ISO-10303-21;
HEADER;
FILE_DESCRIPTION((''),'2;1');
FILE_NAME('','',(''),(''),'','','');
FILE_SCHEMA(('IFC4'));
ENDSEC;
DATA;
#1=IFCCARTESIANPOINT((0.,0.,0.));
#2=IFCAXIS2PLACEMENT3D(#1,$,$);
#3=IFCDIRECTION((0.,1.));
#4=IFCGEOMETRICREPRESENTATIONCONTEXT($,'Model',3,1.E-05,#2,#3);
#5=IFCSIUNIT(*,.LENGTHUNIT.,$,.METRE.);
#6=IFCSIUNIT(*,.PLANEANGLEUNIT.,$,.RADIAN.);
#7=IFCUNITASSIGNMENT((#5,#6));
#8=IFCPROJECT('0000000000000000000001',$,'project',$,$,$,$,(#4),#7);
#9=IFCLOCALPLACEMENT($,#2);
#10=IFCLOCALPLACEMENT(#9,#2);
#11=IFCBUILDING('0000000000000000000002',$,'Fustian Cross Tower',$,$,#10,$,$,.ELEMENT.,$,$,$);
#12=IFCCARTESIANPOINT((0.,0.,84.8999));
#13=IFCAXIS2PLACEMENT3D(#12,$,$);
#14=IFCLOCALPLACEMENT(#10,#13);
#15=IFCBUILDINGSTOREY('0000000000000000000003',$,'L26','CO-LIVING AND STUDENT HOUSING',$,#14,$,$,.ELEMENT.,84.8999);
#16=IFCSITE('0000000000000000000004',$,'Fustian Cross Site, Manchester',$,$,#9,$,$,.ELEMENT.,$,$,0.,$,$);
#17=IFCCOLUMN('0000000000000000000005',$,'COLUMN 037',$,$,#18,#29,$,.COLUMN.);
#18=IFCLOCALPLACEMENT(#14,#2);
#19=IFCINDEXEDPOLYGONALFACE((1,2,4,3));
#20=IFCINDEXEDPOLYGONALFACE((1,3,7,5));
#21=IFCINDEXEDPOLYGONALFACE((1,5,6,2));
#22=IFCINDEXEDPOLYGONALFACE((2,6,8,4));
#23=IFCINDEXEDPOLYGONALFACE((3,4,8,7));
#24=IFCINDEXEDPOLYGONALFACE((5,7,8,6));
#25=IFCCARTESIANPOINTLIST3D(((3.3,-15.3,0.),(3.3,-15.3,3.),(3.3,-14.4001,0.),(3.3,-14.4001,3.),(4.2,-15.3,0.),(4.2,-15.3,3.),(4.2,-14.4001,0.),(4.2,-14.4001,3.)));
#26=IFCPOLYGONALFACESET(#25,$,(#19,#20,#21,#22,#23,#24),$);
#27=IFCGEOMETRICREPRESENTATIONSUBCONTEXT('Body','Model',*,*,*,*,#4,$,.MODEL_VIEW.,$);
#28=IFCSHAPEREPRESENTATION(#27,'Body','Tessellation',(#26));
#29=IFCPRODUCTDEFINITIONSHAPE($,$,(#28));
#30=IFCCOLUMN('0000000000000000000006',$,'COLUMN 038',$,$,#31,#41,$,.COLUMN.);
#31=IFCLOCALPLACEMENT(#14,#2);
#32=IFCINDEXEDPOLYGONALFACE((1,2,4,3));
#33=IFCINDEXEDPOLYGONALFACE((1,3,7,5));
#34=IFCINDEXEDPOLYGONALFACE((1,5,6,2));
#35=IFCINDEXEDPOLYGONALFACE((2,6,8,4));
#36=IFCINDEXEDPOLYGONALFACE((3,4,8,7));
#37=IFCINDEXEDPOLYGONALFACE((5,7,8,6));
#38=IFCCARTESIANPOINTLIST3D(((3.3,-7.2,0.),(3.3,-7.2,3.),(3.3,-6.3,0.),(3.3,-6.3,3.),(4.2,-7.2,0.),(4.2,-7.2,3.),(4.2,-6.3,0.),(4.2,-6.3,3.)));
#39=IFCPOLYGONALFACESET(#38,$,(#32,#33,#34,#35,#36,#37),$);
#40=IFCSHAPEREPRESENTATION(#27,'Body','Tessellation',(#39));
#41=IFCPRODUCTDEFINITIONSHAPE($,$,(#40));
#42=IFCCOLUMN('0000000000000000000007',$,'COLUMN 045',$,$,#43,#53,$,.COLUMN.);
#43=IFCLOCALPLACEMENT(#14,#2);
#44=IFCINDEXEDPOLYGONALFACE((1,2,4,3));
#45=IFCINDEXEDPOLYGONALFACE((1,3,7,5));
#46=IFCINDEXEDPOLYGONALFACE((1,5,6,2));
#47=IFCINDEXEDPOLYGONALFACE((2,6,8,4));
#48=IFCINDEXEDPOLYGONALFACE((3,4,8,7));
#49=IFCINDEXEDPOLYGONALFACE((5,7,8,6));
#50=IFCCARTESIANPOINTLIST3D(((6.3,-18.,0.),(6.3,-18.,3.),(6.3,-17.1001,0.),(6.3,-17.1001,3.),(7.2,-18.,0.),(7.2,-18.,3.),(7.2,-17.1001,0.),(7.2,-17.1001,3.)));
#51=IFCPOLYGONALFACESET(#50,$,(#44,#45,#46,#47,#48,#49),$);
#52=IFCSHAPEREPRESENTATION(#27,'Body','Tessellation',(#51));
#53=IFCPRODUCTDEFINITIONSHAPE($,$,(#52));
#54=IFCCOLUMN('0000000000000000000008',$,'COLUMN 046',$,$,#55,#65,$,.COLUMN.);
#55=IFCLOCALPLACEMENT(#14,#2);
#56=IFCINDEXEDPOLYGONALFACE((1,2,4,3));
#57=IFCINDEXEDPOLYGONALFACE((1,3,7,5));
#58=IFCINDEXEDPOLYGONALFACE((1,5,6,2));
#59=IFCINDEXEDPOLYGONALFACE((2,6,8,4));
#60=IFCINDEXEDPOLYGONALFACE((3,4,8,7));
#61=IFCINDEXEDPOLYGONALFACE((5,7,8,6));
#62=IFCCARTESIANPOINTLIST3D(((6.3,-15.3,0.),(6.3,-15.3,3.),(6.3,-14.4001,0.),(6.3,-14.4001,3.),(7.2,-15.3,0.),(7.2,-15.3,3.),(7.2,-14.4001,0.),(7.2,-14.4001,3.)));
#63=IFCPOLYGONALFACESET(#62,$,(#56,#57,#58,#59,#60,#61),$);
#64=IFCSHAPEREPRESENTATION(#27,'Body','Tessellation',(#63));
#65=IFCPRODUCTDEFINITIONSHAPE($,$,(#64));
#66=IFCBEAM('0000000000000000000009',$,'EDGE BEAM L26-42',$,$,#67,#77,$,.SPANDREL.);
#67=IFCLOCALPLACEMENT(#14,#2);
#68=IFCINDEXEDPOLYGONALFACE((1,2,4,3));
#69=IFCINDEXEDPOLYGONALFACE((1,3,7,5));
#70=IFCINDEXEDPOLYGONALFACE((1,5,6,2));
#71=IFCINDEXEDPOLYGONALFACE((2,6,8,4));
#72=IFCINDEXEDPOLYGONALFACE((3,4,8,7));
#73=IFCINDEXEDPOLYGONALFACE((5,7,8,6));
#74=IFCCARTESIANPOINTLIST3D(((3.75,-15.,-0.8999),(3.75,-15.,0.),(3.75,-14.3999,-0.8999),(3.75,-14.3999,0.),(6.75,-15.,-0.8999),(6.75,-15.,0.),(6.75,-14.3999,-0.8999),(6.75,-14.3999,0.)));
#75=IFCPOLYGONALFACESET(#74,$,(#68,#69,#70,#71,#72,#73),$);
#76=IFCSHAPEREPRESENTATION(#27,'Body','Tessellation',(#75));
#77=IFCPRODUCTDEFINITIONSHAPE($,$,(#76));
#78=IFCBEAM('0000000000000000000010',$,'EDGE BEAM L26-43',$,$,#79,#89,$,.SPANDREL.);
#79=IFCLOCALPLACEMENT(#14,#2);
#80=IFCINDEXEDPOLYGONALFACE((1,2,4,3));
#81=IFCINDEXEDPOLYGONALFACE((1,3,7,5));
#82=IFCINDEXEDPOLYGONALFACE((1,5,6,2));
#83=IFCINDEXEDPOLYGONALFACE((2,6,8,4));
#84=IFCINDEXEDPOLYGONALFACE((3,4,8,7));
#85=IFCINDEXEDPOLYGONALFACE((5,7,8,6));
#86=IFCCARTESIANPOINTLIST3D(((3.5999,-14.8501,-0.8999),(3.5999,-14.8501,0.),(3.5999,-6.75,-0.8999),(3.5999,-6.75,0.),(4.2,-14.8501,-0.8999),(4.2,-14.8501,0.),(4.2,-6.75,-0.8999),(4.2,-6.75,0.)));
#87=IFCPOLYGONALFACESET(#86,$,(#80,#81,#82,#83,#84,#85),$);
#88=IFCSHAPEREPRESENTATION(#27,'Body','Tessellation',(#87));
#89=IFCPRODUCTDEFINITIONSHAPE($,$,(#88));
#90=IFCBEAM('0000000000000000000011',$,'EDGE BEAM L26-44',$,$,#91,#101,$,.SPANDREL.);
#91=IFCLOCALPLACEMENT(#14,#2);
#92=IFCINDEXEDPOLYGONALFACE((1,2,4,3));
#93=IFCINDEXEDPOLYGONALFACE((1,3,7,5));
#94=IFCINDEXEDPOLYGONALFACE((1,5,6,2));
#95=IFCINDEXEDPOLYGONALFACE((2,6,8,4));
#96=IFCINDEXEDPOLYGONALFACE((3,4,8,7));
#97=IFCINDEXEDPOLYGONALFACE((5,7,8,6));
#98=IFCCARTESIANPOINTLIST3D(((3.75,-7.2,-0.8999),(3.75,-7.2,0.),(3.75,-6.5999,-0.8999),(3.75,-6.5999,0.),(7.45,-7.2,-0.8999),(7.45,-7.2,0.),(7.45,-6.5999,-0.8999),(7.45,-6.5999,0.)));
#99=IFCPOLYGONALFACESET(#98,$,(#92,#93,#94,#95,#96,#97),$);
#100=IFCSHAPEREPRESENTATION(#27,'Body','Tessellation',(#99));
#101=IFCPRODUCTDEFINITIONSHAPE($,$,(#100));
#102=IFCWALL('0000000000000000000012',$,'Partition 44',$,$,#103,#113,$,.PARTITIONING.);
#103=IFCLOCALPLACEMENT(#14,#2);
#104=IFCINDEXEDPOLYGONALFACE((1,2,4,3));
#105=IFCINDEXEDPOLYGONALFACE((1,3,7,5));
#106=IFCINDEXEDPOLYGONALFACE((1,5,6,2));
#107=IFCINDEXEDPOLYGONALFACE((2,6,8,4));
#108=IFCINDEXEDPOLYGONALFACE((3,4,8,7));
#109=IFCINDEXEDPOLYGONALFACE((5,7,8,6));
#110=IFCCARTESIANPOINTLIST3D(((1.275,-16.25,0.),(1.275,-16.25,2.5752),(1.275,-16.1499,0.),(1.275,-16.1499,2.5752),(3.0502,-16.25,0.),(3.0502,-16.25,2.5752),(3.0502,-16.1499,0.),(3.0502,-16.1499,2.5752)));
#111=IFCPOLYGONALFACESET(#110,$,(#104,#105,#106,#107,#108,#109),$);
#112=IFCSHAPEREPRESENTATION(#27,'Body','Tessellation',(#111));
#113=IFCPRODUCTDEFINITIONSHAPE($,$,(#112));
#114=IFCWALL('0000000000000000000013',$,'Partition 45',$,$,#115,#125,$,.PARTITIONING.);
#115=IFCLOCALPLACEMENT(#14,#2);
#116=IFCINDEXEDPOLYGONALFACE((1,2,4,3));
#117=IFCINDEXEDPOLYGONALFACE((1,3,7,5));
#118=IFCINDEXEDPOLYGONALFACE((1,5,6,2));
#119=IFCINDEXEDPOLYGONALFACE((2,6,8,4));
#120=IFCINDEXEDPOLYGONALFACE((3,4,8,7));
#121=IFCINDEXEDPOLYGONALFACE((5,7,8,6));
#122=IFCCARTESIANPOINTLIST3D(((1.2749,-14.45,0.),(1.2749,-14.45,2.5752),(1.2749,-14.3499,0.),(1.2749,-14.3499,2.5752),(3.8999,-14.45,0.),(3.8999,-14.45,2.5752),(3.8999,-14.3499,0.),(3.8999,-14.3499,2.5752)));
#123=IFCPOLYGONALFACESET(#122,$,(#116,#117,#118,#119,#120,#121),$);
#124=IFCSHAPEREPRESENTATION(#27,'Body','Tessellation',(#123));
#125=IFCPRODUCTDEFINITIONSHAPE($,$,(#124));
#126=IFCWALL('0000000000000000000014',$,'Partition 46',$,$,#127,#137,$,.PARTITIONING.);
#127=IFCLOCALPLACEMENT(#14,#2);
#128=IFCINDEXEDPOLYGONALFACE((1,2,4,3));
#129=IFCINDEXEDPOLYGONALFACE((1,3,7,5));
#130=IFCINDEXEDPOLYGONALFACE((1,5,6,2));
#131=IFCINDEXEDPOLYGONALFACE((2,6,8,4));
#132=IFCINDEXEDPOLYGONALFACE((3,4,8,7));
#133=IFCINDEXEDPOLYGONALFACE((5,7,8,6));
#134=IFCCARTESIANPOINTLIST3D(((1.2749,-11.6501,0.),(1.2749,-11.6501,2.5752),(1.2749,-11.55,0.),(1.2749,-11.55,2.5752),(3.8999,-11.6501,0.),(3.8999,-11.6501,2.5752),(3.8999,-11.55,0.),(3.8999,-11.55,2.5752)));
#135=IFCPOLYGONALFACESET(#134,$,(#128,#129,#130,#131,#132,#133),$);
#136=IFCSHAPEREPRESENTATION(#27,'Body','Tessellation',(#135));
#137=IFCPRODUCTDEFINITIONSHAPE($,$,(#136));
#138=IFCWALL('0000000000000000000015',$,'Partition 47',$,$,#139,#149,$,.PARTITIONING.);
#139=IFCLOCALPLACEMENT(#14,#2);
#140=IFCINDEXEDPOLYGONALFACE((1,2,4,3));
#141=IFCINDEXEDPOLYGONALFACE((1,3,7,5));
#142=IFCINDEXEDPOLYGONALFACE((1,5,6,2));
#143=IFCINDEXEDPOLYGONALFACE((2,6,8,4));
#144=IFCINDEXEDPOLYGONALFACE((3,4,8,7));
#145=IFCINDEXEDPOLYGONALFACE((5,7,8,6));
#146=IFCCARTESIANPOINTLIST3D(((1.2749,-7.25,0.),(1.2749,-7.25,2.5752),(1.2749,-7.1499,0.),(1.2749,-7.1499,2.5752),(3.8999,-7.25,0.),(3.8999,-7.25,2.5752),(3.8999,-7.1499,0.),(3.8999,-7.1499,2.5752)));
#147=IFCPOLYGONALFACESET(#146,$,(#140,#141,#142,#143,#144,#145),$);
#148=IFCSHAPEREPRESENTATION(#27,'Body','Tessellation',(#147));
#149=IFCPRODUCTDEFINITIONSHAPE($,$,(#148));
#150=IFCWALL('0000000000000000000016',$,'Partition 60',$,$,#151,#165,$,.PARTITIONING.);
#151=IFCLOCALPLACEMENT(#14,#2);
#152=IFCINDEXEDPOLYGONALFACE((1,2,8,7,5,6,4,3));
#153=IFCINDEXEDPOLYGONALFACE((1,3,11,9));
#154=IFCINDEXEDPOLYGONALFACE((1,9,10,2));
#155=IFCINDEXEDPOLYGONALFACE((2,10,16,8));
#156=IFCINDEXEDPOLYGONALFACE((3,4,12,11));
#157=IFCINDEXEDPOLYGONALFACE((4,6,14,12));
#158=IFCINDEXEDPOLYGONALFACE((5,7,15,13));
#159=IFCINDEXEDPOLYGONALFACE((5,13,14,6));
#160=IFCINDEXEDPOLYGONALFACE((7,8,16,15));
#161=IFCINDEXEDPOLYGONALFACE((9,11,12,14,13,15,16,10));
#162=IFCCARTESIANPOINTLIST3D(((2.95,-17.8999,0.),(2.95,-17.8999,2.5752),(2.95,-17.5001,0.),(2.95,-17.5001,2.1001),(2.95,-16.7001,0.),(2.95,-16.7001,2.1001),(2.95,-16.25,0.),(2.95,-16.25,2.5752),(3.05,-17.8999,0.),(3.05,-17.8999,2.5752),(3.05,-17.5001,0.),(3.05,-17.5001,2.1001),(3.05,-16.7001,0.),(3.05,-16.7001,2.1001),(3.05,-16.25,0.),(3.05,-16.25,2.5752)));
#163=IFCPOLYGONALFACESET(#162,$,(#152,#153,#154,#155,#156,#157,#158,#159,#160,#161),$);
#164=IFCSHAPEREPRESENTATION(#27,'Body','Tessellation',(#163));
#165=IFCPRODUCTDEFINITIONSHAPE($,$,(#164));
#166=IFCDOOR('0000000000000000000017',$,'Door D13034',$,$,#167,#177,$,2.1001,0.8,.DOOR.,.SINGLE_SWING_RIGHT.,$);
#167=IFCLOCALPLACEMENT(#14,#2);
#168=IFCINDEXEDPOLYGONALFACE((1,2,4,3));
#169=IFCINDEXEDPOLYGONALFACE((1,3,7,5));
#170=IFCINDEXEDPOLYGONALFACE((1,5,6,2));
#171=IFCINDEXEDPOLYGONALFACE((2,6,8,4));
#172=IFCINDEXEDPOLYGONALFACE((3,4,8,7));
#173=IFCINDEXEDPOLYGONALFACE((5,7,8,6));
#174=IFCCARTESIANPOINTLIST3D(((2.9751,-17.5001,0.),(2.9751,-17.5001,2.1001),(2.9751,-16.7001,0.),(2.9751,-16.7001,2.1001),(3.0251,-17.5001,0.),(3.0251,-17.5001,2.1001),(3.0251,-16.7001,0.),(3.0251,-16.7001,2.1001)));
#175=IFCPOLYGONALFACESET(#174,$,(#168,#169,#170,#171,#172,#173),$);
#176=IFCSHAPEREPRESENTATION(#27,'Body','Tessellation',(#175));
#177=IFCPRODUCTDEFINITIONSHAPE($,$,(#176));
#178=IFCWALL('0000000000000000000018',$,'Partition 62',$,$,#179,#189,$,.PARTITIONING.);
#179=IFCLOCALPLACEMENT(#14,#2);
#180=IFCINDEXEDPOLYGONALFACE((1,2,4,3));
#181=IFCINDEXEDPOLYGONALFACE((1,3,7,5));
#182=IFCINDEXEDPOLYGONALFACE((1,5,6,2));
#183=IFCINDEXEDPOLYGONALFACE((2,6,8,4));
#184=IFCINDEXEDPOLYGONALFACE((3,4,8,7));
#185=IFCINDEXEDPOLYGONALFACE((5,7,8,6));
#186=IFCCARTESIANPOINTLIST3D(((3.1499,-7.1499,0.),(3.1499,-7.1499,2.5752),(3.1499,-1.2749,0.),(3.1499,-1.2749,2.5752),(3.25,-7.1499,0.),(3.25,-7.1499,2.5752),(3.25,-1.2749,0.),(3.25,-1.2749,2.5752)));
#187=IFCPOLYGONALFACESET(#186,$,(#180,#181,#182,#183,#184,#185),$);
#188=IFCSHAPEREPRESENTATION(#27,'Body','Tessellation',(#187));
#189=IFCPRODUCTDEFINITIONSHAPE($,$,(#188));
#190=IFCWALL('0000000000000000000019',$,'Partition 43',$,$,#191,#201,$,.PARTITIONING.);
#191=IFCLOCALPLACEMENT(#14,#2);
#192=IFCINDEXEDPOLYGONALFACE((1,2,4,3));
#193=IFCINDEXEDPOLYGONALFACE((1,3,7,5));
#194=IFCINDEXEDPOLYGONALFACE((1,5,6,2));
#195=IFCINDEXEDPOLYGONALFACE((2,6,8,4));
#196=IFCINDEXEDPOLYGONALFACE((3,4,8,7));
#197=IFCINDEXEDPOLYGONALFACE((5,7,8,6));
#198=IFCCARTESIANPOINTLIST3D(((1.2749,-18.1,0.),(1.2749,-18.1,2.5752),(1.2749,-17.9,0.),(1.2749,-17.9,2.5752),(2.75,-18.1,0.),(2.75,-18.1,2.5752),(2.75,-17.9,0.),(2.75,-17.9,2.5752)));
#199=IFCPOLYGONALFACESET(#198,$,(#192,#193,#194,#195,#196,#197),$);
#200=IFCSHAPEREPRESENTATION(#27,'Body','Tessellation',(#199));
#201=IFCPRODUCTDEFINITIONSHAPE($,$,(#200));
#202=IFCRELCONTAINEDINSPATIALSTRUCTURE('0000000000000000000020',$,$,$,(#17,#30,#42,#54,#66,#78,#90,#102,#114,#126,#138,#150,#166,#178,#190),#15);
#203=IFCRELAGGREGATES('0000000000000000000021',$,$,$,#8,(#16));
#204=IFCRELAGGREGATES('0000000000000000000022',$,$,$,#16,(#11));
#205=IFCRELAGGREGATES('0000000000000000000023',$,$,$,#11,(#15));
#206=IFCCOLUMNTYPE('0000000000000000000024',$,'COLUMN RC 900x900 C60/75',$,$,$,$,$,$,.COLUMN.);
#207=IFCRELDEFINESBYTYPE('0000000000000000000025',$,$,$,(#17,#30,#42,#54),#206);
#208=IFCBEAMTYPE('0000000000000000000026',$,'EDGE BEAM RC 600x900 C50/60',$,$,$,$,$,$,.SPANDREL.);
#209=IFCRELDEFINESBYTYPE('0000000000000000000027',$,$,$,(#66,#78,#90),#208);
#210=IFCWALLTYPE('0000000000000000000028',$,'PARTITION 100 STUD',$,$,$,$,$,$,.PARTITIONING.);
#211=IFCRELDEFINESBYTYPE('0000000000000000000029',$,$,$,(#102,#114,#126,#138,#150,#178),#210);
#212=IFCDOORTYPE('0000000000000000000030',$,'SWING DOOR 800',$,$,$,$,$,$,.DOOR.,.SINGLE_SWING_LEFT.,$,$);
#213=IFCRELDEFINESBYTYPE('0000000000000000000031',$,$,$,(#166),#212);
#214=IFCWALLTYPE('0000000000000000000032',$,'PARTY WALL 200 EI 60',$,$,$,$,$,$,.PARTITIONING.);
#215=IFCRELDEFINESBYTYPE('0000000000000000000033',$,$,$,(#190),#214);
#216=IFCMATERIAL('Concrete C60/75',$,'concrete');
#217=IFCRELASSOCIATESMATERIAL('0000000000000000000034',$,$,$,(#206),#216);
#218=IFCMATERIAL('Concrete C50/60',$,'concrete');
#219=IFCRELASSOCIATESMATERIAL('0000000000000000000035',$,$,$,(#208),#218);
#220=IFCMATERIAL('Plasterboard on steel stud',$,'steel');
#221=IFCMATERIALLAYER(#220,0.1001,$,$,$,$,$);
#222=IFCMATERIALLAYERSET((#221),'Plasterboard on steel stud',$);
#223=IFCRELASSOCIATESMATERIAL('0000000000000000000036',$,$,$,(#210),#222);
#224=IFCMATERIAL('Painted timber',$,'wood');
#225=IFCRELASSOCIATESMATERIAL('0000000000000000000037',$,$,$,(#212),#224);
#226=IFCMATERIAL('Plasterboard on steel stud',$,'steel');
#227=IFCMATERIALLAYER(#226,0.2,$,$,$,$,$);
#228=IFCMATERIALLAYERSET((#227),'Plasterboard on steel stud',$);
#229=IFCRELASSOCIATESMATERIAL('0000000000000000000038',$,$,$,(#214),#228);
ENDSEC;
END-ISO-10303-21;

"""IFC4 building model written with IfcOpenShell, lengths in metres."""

from ifc_helpers import new_model, si_unit, direction, frame, frame_2d, origin, origin_2d, place, context, subcontext, project, spatial, rectangle, extrude, material, layer, layer_set, material_profile, profile_set, type_object, element, fill, save


model = new_model("IFC4")

# Units and contexts
model_context = context("Model", 3, precision=1e-05, world=origin(), true_north=direction((0.0, 1.0)))
body_context = subcontext(model_context, "Body", "Model", "MODEL_VIEW")
ifc_project = project(units=[si_unit("LENGTHUNIT", "METRE"), si_unit("PLANEANGLEUNIT", "RADIAN")], contexts=[model_context])

# Site, building, storey
site_placement = place(None, origin())
site = spatial("IfcSite", under=ifc_project, at=site_placement, Name="Fustian Cross Site, Manchester", CompositionType="ELEMENT", RefElevation=0.0)
building_placement = place(site_placement, origin())
building = spatial("IfcBuilding", under=site, at=building_placement, Name="Fustian Cross Tower", CompositionType="ELEMENT")
storey_placement = place(building_placement, frame((0.0, 0.0, 84.8999)))
storey = spatial("IfcBuildingStorey", under=building, at=storey_placement, Name="L26", Description="CO-LIVING AND STUDENT HOUSING", CompositionType="ELEMENT", Elevation=84.8999)

# Columns
ifc_material_1 = material(Name="Concrete C60/75", Category="concrete")
ifc_material_profile_1 = material_profile(ifc_material_1, rectangle(XDim=0.8999, YDim=0.8999, at=origin_2d()), Name="RC 900x900")
ifc_profile_set_1 = profile_set([ifc_material_profile_1], Name="Concrete C60/75")
column_type = type_object("IfcColumnType", Name="COLUMN RC 900x900 C60/75", PredefinedType="COLUMN", material=ifc_profile_set_1)
for number, where, z_axis, x_axis, name in (
    (1, (3.75, -14.8501, 0.0), (0.0, 0.0, 1.0), (1.0, 0.0, 0.0), "COLUMN 037"),
    (2, (3.75, -6.75, 0.0), (0.0, 0.0, 1.0), (1.0, 0.0, 0.0), "COLUMN 038"),
    (3, (6.75, -17.55, 0.0), (0.0, 0.0, 1.0), (1.0, 0.0, 0.0), "COLUMN 045"),
    (4, (6.75, -14.8501, 0.0), (0.0, 0.0, 1.0), (1.0, 0.0, 0.0), "COLUMN 046"),
):
    element("IfcColumn", number, at=place(storey_placement, frame(where, z_axis=z_axis, x_axis=x_axis)), inside=storey, type_object=column_type, Name=name, PredefinedType="COLUMN", context=body_context, shape_type="SweptSolid", body=[
        extrude(rectangle(XDim=0.8999, YDim=0.8999, at=origin_2d()), origin(), (0.0, 0.0, 1.0), 3.0),
    ])

# Beams
ifc_material_2 = material(Name="Concrete C50/60", Category="concrete")
ifc_material_profile_2 = material_profile(ifc_material_2, rectangle(XDim=0.6001, YDim=0.8999, at=origin_2d()), Name="RC 600x900")
ifc_profile_set_2 = profile_set([ifc_material_profile_2], Name="Concrete C50/60")
beam_type = type_object("IfcBeamType", Name="EDGE BEAM RC 600x900 C50/60", PredefinedType="SPANDREL", material=ifc_profile_set_2)
beam_1_placement = place(storey_placement, frame((6.75, -14.7, -0.45), z_axis=(-1.0, 0.0, 0.0), x_axis=(0.0, -1.0, 0.0)))
element("IfcBeam", 5, at=beam_1_placement, inside=storey, type_object=beam_type, Name="EDGE BEAM L26-42", PredefinedType="SPANDREL", context=body_context, shape_type="SweptSolid", body=[
    extrude(rectangle(XDim=0.6001, YDim=0.8999, at=origin_2d()), origin(), (0.0, 0.0, 1.0), 3.0),
])
beam_2_placement = place(storey_placement, frame((3.8999, -14.8501, -0.45), z_axis=(0.0, 1.0, 0.0), x_axis=(-1.0, 0.0, 0.0)))
element("IfcBeam", 6, at=beam_2_placement, inside=storey, type_object=beam_type, Name="EDGE BEAM L26-43", PredefinedType="SPANDREL", context=body_context, shape_type="SweptSolid", body=[
    extrude(rectangle(XDim=0.6001, YDim=0.8999, at=origin_2d()), origin(), (0.0, 0.0, 1.0), 8.1001),
])
beam_3_placement = place(storey_placement, frame((3.75, -6.8999, -0.45), z_axis=(1.0, 0.0, 0.0), x_axis=(0.0, 1.0, 0.0)))
element("IfcBeam", 7, at=beam_3_placement, inside=storey, type_object=beam_type, Name="EDGE BEAM L26-44", PredefinedType="SPANDREL", context=body_context, shape_type="SweptSolid", body=[
    extrude(rectangle(XDim=0.6001, YDim=0.8999, at=origin_2d()), origin(), (0.0, 0.0, 1.0), 3.7),
])

# Walls
ifc_material_3 = material(Name="Plasterboard on steel stud", Category="steel")
ifc_layer_1 = layer(ifc_material_3, 0.1001)
ifc_layer_set_1 = layer_set([ifc_layer_1], Name="Plasterboard on steel stud")
wall_type_1 = type_object("IfcWallType", Name="PARTITION 100 STUD", PredefinedType="PARTITIONING", material=ifc_layer_set_1)
wall_1_placement = place(storey_placement, frame((1.2749, -16.2, 0.0), z_axis=(0.0, 0.0, 1.0), x_axis=(1.0, 0.0, 0.0)))
element("IfcWall", 8, at=wall_1_placement, inside=storey, type_object=wall_type_1, Name="Partition 44", PredefinedType="PARTITIONING", context=body_context, shape_type="SweptSolid", body=[
    extrude(rectangle(XDim=1.7751, YDim=0.1001, at=frame_2d((0.8877, 0.0))), origin(), (0.0, 0.0, 1.0), 2.5752),
])
for number, where, z_axis, x_axis, name in (
    (9, (1.2749, -14.3999, 0.0), (0.0, 0.0, 1.0), (1.0, 0.0, 0.0), "Partition 45"),
    (10, (1.2749, -11.6001, 0.0), (0.0, 0.0, 1.0), (1.0, 0.0, 0.0), "Partition 46"),
    (11, (1.2749, -7.2, 0.0), (0.0, 0.0, 1.0), (1.0, 0.0, 0.0), "Partition 47"),
):
    element("IfcWall", number, at=place(storey_placement, frame(where, z_axis=z_axis, x_axis=x_axis)), inside=storey, type_object=wall_type_1, Name=name, PredefinedType="PARTITIONING", context=body_context, shape_type="SweptSolid", body=[
        extrude(rectangle(XDim=2.625, YDim=0.1001, at=frame_2d((1.3125, 0.0))), origin(), (0.0, 0.0, 1.0), 2.5752),
    ])

# Wall, opening, door
wall_2_placement = place(storey_placement, frame((3.0, -17.8999, 0.0), z_axis=(0.0, 0.0, 1.0), x_axis=(0.0, 1.0, 0.0)))
wall_2 = element("IfcWall", 12, at=wall_2_placement, inside=storey, type_object=wall_type_1, Name="Partition 60", PredefinedType="PARTITIONING", context=body_context, shape_type="SweptSolid", body=[
    extrude(rectangle(XDim=1.6499, YDim=0.1001, at=frame_2d((0.825, 0.0))), origin(), (0.0, 0.0, 1.0), 2.5752),
])
opening_1_placement = place(wall_2_placement, frame((0.3999, 0.0, 0.0)))
opening_1 = element("IfcOpeningElement", 13, at=opening_1_placement, cuts=wall_2, PredefinedType="OPENING", context=body_context, shape_type="SweptSolid", body=[
    extrude(rectangle(XDim=0.8, YDim=2.1001, at=frame_2d((0.3999, 1.05))), frame((0.0, 0.0601, 0.0), z_axis=(0.0, -1.0, 0.0), x_axis=(1.0, 0.0, 0.0)), (0.0, 0.0, 1.0), 0.1201),
])
ifc_material_4 = material(Name="Painted timber", Category="wood")
door_type_1 = type_object("IfcDoorType", Name="SWING DOOR 800", OperationType="SINGLE_SWING_LEFT", PredefinedType="DOOR", material=ifc_material_4)
door_1_placement = place(opening_1_placement, origin())
door_1 = element("IfcDoor", 14, at=door_1_placement, inside=storey, type_object=door_type_1, Name="Door D13034", OperationType="SINGLE_SWING_RIGHT", OverallHeight=2.1001, OverallWidth=0.8, PredefinedType="DOOR", context=body_context, shape_type="SweptSolid", body=[
    extrude(rectangle(XDim=0.8, YDim=2.1001, at=frame_2d((0.3999, 1.05))), frame((0.0, 0.0249, 0.0), z_axis=(0.0, -1.0, 0.0), x_axis=(1.0, 0.0, 0.0)), (0.0, 0.0, 1.0), 0.05),
])
fill(opening_1, door_1)

# Walls
wall_3_placement = place(storey_placement, frame((3.2, -7.1499, 0.0), z_axis=(0.0, 0.0, 1.0), x_axis=(0.0, 1.0, 0.0)))
element("IfcWall", 15, at=wall_3_placement, inside=storey, type_object=wall_type_1, Name="Partition 62", PredefinedType="PARTITIONING", context=body_context, shape_type="SweptSolid", body=[
    extrude(rectangle(XDim=5.875, YDim=0.1001, at=frame_2d((2.9375, 0.0))), origin(), (0.0, 0.0, 1.0), 2.5752),
])
ifc_material_5 = material(Name="Plasterboard on steel stud", Category="steel")
ifc_layer_2 = layer(ifc_material_5, 0.2)
ifc_layer_set_2 = layer_set([ifc_layer_2], Name="Plasterboard on steel stud")
wall_type_2 = type_object("IfcWallType", Name="PARTY WALL 200 EI 60", PredefinedType="PARTITIONING", material=ifc_layer_set_2)
wall_4_placement = place(storey_placement, frame((1.2749, -18.0, 0.0), z_axis=(0.0, 0.0, 1.0), x_axis=(1.0, 0.0, 0.0)))
element("IfcWall", 16, at=wall_4_placement, inside=storey, type_object=wall_type_2, Name="Partition 43", PredefinedType="PARTITIONING", context=body_context, shape_type="SweptSolid", body=[
    extrude(rectangle(XDim=1.4751, YDim=0.2, at=frame_2d((0.7375, 0.0))), origin(), (0.0, 0.0, 1.0), 2.5752),
])

save(model, "model.ifc")
